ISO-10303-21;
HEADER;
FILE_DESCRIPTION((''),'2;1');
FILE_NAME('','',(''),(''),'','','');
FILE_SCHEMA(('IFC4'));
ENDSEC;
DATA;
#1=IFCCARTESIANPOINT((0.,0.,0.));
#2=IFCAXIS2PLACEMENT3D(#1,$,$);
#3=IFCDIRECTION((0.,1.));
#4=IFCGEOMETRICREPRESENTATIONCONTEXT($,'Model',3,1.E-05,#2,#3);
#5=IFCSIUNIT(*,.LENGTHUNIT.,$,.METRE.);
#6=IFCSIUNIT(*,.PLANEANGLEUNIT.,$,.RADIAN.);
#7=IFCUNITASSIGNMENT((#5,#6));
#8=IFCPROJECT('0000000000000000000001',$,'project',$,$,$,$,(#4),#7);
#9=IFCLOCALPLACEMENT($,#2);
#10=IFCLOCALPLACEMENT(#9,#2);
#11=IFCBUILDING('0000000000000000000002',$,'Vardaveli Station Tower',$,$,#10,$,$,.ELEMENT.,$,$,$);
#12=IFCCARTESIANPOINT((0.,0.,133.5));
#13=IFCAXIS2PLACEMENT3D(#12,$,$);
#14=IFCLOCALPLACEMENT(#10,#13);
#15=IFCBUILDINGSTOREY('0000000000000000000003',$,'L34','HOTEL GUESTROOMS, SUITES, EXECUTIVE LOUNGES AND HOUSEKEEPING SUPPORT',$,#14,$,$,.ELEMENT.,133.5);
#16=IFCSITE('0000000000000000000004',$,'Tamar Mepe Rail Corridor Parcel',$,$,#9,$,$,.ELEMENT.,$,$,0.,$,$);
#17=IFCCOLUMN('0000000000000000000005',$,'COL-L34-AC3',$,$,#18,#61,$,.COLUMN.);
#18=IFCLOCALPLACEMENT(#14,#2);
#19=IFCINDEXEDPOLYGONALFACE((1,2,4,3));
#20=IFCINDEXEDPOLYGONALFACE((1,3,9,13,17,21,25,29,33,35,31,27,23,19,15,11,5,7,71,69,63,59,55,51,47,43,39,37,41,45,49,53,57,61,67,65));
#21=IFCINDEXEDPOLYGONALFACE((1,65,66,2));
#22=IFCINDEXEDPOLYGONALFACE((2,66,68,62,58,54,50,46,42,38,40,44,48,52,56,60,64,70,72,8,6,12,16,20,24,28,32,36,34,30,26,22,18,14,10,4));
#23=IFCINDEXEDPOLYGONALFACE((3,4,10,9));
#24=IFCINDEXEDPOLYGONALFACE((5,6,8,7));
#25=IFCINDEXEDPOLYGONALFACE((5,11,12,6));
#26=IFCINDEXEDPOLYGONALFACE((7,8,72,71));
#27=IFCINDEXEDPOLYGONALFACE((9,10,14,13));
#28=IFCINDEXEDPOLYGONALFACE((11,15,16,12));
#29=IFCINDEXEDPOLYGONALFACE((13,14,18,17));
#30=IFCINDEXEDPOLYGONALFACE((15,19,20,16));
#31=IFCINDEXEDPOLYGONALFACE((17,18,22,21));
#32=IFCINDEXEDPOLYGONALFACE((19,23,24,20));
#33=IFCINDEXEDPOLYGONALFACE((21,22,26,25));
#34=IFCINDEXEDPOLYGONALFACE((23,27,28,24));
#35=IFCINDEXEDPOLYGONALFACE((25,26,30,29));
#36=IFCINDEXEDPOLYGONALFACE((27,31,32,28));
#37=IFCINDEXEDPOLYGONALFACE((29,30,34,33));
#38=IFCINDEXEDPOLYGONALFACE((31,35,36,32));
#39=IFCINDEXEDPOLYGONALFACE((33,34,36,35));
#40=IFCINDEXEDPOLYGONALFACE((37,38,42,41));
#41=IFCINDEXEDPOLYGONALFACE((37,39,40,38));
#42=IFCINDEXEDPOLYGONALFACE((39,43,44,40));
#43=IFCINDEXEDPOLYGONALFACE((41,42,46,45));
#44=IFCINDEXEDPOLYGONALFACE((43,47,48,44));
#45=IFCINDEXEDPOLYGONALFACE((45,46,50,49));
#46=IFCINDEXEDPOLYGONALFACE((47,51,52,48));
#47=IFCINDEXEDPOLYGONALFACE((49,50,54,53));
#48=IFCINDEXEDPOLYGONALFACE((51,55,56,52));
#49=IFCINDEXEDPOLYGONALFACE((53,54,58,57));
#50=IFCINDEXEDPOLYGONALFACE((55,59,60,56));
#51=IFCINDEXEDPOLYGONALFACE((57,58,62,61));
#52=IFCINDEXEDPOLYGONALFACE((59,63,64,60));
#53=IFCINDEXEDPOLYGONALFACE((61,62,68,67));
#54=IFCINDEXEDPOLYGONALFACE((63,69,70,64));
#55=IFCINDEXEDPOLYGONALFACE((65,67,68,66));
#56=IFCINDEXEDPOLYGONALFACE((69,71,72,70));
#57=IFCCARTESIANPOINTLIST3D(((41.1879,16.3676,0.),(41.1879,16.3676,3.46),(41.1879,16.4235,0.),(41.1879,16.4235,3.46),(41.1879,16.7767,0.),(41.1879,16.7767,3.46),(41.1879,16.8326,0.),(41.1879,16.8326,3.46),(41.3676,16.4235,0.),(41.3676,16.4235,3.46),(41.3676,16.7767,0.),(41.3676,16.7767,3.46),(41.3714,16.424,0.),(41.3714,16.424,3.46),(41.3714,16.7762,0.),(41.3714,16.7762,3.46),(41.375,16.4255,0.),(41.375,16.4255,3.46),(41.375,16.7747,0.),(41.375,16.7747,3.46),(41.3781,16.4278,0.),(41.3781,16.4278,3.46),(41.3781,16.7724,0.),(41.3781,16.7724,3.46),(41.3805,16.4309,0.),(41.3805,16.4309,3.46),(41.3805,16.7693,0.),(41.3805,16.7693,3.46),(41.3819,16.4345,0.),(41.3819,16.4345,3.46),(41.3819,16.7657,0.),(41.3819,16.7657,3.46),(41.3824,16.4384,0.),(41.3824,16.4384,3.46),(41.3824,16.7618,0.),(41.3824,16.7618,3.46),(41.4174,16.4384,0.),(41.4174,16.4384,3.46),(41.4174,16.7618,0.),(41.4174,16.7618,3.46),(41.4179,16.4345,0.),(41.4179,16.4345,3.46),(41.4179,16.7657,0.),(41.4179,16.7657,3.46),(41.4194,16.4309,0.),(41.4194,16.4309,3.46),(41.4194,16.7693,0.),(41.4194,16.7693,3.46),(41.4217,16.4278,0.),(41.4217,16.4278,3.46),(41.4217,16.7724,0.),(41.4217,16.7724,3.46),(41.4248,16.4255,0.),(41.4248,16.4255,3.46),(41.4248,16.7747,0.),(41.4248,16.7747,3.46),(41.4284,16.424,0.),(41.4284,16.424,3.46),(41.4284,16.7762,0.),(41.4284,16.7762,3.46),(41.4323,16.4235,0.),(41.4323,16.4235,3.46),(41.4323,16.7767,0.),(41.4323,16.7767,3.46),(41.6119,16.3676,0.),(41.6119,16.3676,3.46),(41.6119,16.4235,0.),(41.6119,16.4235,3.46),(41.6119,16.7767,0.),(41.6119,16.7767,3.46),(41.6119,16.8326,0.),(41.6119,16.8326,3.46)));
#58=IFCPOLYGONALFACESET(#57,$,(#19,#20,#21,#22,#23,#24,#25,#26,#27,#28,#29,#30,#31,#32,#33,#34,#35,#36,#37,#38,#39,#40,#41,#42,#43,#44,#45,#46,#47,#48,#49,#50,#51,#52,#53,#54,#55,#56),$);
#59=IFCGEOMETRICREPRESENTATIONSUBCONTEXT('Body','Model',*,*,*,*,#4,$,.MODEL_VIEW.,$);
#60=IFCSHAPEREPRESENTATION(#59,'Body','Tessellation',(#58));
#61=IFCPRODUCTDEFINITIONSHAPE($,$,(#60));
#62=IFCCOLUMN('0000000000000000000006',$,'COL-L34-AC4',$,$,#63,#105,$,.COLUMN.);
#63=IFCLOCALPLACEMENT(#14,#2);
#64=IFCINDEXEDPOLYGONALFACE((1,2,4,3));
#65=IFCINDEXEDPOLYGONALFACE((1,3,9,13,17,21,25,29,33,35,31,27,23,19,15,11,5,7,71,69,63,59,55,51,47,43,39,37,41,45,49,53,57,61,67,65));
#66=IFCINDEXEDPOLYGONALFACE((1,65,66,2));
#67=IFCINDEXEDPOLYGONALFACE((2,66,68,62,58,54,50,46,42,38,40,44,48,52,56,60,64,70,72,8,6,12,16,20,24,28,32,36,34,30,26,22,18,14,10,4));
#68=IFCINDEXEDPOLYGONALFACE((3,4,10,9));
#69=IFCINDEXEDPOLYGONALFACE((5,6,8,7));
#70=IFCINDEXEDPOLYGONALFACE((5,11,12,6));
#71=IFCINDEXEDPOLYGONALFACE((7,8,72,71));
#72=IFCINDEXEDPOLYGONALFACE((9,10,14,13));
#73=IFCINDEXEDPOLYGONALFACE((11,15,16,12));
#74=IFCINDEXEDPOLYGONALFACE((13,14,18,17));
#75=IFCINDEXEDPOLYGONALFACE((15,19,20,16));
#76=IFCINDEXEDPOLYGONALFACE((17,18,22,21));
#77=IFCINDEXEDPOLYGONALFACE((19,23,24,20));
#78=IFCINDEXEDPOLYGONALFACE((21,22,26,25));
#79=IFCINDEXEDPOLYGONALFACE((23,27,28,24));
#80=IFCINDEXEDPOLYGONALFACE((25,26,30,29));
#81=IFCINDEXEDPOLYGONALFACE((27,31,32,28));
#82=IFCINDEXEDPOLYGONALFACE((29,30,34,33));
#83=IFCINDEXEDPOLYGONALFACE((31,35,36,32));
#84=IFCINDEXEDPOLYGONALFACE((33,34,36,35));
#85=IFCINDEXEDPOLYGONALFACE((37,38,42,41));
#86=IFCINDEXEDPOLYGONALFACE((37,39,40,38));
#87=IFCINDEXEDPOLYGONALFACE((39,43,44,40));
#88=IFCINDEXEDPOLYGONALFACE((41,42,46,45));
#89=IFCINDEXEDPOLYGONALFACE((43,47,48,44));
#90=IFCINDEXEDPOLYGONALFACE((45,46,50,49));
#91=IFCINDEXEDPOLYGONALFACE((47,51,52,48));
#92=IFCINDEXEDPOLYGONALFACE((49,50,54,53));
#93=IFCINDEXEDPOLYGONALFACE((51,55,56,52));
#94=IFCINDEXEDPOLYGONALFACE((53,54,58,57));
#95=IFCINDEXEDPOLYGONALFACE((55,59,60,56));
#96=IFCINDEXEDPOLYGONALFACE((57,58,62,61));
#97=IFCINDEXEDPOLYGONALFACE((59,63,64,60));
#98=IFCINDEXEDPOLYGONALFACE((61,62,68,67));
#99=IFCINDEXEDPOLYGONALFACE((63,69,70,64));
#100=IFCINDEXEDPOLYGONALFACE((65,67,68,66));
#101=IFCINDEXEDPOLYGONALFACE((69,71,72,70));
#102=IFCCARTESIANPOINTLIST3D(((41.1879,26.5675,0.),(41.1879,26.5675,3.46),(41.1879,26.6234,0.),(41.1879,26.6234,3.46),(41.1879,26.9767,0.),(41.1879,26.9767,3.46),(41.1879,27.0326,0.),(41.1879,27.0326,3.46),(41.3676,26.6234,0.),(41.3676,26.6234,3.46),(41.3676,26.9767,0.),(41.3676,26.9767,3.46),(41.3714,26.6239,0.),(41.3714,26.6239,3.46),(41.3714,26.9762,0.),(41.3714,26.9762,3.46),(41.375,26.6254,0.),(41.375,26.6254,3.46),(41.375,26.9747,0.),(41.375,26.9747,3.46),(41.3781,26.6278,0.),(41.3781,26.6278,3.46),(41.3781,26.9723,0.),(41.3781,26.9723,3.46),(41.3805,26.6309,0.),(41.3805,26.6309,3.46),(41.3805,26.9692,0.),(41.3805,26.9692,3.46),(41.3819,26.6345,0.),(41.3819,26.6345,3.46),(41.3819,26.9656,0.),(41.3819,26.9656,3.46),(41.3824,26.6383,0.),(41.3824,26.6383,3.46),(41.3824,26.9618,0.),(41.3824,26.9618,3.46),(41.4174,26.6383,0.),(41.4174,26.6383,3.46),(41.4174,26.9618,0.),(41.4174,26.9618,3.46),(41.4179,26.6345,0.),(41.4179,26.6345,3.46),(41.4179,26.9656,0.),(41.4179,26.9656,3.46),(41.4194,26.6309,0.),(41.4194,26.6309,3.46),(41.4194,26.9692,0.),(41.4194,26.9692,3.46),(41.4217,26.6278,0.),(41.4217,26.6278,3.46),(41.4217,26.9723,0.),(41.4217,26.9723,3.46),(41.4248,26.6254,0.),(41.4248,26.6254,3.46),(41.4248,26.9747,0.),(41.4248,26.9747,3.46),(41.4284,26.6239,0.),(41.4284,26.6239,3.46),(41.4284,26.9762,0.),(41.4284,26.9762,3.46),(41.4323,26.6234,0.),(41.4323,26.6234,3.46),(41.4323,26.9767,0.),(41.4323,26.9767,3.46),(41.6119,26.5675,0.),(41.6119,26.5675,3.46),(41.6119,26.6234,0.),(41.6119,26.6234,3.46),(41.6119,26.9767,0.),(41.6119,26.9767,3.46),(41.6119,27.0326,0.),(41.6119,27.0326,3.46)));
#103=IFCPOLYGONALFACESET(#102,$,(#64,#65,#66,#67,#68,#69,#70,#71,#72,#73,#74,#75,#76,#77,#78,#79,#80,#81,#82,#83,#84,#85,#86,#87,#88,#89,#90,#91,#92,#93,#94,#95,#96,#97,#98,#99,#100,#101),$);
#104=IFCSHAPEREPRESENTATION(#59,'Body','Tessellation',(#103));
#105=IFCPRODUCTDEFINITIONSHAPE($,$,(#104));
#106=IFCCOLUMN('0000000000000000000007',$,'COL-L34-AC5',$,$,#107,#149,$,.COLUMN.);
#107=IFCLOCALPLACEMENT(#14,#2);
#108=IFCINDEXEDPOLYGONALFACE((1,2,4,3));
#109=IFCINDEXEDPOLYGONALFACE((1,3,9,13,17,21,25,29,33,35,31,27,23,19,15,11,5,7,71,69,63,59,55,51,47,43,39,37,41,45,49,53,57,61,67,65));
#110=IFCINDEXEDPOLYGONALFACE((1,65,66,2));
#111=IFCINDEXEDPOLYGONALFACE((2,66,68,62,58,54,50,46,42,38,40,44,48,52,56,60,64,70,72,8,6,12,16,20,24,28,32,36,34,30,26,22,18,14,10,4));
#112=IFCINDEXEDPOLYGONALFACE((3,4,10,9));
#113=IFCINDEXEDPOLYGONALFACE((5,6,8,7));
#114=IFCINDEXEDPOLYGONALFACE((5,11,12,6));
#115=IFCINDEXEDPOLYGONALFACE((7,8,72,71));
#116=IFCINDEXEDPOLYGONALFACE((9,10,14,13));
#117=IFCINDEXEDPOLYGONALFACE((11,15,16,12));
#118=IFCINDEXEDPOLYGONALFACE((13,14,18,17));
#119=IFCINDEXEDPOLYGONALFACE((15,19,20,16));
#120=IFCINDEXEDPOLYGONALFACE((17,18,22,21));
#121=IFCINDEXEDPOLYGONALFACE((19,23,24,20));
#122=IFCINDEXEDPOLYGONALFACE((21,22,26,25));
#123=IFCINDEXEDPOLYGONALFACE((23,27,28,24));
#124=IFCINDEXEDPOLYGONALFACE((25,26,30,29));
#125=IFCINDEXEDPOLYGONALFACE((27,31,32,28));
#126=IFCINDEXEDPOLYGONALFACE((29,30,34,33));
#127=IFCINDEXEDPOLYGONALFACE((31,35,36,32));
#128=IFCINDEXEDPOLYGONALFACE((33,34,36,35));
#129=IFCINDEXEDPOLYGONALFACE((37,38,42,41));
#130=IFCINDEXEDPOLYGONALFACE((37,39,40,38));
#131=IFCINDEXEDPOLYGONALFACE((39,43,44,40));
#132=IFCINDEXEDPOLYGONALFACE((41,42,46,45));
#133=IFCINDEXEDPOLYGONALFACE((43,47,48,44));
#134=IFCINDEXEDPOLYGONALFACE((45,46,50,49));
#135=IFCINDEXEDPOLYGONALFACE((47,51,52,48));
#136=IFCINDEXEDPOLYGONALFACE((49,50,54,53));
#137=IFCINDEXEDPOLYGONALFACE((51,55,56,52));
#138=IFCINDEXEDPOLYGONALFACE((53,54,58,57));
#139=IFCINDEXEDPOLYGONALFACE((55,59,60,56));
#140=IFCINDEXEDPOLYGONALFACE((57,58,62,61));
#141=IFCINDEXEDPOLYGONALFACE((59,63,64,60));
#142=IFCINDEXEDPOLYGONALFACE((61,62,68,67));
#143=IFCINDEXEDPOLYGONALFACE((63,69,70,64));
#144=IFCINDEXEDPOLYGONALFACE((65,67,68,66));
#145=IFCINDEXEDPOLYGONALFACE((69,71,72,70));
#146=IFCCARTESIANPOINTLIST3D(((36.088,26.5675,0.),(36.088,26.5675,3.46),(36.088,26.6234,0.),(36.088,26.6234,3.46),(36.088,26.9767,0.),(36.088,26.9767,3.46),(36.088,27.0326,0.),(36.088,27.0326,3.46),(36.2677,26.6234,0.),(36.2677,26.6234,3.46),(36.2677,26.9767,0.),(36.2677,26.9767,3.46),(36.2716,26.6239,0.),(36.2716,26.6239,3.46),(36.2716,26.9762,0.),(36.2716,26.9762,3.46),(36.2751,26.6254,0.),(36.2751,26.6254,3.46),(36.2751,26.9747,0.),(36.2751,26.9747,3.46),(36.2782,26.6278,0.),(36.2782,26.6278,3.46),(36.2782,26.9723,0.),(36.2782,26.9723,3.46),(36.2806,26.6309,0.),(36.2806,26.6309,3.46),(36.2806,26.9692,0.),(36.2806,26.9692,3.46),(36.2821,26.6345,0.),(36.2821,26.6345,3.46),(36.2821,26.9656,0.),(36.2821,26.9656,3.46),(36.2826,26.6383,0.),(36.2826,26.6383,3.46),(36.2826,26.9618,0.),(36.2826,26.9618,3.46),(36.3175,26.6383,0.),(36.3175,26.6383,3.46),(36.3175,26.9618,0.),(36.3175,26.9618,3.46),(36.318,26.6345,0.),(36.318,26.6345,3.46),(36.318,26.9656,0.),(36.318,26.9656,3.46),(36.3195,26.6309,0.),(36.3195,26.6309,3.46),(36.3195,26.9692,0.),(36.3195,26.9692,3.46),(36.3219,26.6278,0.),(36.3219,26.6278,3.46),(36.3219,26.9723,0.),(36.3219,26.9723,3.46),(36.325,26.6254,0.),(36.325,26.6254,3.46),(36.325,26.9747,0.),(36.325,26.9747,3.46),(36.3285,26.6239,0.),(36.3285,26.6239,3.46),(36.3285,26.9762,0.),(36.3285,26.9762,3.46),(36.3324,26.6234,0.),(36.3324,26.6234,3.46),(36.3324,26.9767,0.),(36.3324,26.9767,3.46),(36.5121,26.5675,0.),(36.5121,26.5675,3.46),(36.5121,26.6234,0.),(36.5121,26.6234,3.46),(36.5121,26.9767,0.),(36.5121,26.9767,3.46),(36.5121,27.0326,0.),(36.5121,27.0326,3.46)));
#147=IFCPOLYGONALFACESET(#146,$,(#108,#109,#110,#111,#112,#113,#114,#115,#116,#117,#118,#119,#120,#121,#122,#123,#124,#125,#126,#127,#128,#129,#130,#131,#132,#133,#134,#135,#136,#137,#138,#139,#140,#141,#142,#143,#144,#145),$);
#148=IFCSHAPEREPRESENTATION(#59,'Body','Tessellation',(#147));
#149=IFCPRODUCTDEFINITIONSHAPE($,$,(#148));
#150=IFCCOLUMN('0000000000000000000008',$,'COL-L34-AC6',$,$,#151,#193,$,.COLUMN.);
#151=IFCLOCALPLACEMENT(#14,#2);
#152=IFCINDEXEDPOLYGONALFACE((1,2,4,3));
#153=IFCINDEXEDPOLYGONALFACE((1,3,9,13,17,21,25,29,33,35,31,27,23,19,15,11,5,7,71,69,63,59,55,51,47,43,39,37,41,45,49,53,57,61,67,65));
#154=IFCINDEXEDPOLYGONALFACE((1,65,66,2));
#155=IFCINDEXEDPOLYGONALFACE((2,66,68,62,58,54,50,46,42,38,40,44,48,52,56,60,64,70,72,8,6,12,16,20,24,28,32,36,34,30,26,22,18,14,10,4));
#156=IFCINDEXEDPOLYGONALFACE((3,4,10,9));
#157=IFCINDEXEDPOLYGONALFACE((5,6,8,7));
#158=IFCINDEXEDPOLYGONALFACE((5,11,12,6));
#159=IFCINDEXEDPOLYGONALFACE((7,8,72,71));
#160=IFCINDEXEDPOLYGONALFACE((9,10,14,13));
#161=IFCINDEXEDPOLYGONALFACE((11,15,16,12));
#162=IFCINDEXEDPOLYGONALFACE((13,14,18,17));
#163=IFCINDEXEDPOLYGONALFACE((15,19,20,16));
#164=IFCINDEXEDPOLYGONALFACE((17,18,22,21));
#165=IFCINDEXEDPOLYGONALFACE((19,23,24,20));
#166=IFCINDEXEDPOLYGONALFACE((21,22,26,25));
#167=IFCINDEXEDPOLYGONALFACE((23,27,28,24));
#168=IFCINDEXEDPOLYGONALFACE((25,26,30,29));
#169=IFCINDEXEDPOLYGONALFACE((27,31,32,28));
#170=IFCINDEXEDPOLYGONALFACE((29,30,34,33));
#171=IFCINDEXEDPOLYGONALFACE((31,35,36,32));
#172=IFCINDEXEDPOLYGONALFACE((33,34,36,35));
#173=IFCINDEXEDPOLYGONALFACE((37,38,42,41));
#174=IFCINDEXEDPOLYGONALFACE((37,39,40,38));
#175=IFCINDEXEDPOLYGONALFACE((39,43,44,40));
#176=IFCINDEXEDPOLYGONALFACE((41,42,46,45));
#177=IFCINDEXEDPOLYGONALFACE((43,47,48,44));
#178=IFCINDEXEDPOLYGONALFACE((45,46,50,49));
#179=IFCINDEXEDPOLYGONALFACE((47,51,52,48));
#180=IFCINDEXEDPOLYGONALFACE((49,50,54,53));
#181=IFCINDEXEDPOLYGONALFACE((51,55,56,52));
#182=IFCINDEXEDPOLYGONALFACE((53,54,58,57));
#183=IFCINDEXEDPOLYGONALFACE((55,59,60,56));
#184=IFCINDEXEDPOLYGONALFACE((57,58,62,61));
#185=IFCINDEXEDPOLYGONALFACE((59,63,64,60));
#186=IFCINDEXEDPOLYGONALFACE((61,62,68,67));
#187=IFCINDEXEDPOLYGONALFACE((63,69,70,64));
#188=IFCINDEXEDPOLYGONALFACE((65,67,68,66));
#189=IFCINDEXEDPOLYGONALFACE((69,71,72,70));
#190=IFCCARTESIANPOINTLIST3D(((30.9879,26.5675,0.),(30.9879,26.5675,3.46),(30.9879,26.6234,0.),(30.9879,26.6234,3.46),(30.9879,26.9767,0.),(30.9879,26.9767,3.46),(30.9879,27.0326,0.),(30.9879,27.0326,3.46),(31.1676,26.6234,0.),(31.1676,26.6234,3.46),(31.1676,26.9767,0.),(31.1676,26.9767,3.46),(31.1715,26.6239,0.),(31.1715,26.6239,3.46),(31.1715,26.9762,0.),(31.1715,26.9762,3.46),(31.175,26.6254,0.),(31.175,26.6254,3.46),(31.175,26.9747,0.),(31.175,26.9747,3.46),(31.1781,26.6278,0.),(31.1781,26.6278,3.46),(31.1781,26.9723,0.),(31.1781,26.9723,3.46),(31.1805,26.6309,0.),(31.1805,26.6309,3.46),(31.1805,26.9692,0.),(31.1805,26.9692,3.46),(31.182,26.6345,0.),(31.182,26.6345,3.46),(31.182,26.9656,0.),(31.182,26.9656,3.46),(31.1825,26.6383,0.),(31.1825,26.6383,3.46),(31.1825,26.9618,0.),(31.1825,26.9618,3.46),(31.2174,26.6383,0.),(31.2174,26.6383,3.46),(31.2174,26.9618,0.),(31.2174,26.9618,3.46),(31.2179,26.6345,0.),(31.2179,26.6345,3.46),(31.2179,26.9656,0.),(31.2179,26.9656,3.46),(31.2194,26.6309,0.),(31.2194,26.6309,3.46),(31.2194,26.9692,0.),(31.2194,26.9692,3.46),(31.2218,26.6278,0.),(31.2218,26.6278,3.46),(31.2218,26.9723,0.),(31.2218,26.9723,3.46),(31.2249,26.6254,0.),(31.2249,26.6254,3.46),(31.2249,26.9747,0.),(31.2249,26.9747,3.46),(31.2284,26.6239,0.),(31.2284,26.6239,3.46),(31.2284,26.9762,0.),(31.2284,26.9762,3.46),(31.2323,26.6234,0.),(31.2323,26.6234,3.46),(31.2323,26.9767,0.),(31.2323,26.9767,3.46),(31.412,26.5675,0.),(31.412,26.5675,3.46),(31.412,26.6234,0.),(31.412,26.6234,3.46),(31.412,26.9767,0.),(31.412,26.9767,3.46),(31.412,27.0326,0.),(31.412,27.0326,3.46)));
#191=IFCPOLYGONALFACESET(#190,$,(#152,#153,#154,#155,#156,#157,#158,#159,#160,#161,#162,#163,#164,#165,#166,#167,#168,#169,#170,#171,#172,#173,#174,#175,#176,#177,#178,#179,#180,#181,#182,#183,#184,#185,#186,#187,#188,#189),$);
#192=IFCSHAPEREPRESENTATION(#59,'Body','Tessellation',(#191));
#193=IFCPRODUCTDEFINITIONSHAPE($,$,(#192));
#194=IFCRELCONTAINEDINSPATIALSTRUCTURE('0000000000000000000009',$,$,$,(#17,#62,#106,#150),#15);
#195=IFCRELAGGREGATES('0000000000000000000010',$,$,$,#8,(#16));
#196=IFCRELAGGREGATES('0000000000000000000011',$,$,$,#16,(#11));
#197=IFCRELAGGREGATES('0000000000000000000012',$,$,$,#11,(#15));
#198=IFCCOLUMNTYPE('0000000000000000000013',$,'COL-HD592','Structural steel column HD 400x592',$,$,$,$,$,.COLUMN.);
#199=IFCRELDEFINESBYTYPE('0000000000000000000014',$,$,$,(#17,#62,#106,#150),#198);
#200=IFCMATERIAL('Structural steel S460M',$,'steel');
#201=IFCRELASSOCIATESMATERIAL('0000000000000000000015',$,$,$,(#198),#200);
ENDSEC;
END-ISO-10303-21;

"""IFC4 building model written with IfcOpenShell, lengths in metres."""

from ifc_helpers import new_model, si_unit, direction, frame, origin, origin_2d, place, context, subcontext, project, spatial, i_section, extrude, source, transform, mapped, material, material_profile, profile_set, type_object, element, save


model = new_model("IFC4")

# Units and contexts
model_context = context("Model", 3, precision=1e-05, world=origin(), true_north=direction((0.0, 1.0)))
body_context = subcontext(model_context, "Body", "Model", "MODEL_VIEW")
ifc_project = project(units=[si_unit("LENGTHUNIT", "METRE"), si_unit("PLANEANGLEUNIT", "RADIAN")], contexts=[model_context])

# Site, building, storey
site_placement = place(None, origin())
site = spatial("IfcSite", under=ifc_project, at=site_placement, Name="Tamar Mepe Rail Corridor Parcel", CompositionType="ELEMENT", RefElevation=0.0)
building_placement = place(site_placement, origin())
building = spatial("IfcBuilding", under=site, at=building_placement, Name="Vardaveli Station Tower", CompositionType="ELEMENT")
storey_placement = place(building_placement, frame((0.0, 0.0, 133.5)))
storey = spatial("IfcBuildingStorey", under=building, at=storey_placement, Name="L34", Description="HOTEL GUESTROOMS, SUITES, EXECUTIVE LOUNGES AND HOUSEKEEPING SUPPORT", CompositionType="ELEMENT", Elevation=133.5)

# Columns
ifc_material_1 = material(Name="Structural steel S460M", Category="steel")
ifc_material_profile_1 = material_profile(ifc_material_1, i_section(OverallWidth=0.4241, OverallDepth=0.4651, WebThickness=0.0349, FlangeThickness=0.0559, FilletRadius=0.0149, at=origin_2d()), Name="HD 400x592")
ifc_profile_set_1 = profile_set([ifc_material_profile_1], Name="Structural steel S460M")
column_type = type_object("IfcColumnType", Name="COL-HD592", Description="Structural steel column HD 400x592", PredefinedType="COLUMN", material=ifc_profile_set_1)
shared_shape_1 = source(origin(), body_context, "Body", "SweptSolid", [
    extrude(i_section(OverallWidth=0.4241, OverallDepth=0.4651, WebThickness=0.0349, FlangeThickness=0.0559, FilletRadius=0.0149, at=origin_2d()), origin(), (0.0, 0.0, 1.0), 3.46),
])
for number, where, z_axis, x_axis, name in (
    (1, (41.3999, 16.6001, 0.0), (0.0, 0.0, 1.0), (1.0, 0.0, 0.0), "COL-L34-AC3"),
    (2, (41.3999, 26.8, 0.0), (0.0, 0.0, 1.0), (1.0, 0.0, 0.0), "COL-L34-AC4"),
    (3, (36.3, 26.8, 0.0), (0.0, 0.0, 1.0), (1.0, 0.0, 0.0), "COL-L34-AC5"),
    (4, (31.2, 26.8, 0.0), (0.0, 0.0, 1.0), (1.0, 0.0, 0.0), "COL-L34-AC6"),
):
    element("IfcColumn", number, at=place(storey_placement, frame(where, z_axis=z_axis, x_axis=x_axis)), inside=storey, type_object=column_type, Name=name, PredefinedType="COLUMN", context=body_context, shape_type="MappedRepresentation", body=[
        mapped(shared_shape_1, transform((0.0, 0.0, 0.0), scale=1.0)),
    ])

save(model, "model.ifc")
